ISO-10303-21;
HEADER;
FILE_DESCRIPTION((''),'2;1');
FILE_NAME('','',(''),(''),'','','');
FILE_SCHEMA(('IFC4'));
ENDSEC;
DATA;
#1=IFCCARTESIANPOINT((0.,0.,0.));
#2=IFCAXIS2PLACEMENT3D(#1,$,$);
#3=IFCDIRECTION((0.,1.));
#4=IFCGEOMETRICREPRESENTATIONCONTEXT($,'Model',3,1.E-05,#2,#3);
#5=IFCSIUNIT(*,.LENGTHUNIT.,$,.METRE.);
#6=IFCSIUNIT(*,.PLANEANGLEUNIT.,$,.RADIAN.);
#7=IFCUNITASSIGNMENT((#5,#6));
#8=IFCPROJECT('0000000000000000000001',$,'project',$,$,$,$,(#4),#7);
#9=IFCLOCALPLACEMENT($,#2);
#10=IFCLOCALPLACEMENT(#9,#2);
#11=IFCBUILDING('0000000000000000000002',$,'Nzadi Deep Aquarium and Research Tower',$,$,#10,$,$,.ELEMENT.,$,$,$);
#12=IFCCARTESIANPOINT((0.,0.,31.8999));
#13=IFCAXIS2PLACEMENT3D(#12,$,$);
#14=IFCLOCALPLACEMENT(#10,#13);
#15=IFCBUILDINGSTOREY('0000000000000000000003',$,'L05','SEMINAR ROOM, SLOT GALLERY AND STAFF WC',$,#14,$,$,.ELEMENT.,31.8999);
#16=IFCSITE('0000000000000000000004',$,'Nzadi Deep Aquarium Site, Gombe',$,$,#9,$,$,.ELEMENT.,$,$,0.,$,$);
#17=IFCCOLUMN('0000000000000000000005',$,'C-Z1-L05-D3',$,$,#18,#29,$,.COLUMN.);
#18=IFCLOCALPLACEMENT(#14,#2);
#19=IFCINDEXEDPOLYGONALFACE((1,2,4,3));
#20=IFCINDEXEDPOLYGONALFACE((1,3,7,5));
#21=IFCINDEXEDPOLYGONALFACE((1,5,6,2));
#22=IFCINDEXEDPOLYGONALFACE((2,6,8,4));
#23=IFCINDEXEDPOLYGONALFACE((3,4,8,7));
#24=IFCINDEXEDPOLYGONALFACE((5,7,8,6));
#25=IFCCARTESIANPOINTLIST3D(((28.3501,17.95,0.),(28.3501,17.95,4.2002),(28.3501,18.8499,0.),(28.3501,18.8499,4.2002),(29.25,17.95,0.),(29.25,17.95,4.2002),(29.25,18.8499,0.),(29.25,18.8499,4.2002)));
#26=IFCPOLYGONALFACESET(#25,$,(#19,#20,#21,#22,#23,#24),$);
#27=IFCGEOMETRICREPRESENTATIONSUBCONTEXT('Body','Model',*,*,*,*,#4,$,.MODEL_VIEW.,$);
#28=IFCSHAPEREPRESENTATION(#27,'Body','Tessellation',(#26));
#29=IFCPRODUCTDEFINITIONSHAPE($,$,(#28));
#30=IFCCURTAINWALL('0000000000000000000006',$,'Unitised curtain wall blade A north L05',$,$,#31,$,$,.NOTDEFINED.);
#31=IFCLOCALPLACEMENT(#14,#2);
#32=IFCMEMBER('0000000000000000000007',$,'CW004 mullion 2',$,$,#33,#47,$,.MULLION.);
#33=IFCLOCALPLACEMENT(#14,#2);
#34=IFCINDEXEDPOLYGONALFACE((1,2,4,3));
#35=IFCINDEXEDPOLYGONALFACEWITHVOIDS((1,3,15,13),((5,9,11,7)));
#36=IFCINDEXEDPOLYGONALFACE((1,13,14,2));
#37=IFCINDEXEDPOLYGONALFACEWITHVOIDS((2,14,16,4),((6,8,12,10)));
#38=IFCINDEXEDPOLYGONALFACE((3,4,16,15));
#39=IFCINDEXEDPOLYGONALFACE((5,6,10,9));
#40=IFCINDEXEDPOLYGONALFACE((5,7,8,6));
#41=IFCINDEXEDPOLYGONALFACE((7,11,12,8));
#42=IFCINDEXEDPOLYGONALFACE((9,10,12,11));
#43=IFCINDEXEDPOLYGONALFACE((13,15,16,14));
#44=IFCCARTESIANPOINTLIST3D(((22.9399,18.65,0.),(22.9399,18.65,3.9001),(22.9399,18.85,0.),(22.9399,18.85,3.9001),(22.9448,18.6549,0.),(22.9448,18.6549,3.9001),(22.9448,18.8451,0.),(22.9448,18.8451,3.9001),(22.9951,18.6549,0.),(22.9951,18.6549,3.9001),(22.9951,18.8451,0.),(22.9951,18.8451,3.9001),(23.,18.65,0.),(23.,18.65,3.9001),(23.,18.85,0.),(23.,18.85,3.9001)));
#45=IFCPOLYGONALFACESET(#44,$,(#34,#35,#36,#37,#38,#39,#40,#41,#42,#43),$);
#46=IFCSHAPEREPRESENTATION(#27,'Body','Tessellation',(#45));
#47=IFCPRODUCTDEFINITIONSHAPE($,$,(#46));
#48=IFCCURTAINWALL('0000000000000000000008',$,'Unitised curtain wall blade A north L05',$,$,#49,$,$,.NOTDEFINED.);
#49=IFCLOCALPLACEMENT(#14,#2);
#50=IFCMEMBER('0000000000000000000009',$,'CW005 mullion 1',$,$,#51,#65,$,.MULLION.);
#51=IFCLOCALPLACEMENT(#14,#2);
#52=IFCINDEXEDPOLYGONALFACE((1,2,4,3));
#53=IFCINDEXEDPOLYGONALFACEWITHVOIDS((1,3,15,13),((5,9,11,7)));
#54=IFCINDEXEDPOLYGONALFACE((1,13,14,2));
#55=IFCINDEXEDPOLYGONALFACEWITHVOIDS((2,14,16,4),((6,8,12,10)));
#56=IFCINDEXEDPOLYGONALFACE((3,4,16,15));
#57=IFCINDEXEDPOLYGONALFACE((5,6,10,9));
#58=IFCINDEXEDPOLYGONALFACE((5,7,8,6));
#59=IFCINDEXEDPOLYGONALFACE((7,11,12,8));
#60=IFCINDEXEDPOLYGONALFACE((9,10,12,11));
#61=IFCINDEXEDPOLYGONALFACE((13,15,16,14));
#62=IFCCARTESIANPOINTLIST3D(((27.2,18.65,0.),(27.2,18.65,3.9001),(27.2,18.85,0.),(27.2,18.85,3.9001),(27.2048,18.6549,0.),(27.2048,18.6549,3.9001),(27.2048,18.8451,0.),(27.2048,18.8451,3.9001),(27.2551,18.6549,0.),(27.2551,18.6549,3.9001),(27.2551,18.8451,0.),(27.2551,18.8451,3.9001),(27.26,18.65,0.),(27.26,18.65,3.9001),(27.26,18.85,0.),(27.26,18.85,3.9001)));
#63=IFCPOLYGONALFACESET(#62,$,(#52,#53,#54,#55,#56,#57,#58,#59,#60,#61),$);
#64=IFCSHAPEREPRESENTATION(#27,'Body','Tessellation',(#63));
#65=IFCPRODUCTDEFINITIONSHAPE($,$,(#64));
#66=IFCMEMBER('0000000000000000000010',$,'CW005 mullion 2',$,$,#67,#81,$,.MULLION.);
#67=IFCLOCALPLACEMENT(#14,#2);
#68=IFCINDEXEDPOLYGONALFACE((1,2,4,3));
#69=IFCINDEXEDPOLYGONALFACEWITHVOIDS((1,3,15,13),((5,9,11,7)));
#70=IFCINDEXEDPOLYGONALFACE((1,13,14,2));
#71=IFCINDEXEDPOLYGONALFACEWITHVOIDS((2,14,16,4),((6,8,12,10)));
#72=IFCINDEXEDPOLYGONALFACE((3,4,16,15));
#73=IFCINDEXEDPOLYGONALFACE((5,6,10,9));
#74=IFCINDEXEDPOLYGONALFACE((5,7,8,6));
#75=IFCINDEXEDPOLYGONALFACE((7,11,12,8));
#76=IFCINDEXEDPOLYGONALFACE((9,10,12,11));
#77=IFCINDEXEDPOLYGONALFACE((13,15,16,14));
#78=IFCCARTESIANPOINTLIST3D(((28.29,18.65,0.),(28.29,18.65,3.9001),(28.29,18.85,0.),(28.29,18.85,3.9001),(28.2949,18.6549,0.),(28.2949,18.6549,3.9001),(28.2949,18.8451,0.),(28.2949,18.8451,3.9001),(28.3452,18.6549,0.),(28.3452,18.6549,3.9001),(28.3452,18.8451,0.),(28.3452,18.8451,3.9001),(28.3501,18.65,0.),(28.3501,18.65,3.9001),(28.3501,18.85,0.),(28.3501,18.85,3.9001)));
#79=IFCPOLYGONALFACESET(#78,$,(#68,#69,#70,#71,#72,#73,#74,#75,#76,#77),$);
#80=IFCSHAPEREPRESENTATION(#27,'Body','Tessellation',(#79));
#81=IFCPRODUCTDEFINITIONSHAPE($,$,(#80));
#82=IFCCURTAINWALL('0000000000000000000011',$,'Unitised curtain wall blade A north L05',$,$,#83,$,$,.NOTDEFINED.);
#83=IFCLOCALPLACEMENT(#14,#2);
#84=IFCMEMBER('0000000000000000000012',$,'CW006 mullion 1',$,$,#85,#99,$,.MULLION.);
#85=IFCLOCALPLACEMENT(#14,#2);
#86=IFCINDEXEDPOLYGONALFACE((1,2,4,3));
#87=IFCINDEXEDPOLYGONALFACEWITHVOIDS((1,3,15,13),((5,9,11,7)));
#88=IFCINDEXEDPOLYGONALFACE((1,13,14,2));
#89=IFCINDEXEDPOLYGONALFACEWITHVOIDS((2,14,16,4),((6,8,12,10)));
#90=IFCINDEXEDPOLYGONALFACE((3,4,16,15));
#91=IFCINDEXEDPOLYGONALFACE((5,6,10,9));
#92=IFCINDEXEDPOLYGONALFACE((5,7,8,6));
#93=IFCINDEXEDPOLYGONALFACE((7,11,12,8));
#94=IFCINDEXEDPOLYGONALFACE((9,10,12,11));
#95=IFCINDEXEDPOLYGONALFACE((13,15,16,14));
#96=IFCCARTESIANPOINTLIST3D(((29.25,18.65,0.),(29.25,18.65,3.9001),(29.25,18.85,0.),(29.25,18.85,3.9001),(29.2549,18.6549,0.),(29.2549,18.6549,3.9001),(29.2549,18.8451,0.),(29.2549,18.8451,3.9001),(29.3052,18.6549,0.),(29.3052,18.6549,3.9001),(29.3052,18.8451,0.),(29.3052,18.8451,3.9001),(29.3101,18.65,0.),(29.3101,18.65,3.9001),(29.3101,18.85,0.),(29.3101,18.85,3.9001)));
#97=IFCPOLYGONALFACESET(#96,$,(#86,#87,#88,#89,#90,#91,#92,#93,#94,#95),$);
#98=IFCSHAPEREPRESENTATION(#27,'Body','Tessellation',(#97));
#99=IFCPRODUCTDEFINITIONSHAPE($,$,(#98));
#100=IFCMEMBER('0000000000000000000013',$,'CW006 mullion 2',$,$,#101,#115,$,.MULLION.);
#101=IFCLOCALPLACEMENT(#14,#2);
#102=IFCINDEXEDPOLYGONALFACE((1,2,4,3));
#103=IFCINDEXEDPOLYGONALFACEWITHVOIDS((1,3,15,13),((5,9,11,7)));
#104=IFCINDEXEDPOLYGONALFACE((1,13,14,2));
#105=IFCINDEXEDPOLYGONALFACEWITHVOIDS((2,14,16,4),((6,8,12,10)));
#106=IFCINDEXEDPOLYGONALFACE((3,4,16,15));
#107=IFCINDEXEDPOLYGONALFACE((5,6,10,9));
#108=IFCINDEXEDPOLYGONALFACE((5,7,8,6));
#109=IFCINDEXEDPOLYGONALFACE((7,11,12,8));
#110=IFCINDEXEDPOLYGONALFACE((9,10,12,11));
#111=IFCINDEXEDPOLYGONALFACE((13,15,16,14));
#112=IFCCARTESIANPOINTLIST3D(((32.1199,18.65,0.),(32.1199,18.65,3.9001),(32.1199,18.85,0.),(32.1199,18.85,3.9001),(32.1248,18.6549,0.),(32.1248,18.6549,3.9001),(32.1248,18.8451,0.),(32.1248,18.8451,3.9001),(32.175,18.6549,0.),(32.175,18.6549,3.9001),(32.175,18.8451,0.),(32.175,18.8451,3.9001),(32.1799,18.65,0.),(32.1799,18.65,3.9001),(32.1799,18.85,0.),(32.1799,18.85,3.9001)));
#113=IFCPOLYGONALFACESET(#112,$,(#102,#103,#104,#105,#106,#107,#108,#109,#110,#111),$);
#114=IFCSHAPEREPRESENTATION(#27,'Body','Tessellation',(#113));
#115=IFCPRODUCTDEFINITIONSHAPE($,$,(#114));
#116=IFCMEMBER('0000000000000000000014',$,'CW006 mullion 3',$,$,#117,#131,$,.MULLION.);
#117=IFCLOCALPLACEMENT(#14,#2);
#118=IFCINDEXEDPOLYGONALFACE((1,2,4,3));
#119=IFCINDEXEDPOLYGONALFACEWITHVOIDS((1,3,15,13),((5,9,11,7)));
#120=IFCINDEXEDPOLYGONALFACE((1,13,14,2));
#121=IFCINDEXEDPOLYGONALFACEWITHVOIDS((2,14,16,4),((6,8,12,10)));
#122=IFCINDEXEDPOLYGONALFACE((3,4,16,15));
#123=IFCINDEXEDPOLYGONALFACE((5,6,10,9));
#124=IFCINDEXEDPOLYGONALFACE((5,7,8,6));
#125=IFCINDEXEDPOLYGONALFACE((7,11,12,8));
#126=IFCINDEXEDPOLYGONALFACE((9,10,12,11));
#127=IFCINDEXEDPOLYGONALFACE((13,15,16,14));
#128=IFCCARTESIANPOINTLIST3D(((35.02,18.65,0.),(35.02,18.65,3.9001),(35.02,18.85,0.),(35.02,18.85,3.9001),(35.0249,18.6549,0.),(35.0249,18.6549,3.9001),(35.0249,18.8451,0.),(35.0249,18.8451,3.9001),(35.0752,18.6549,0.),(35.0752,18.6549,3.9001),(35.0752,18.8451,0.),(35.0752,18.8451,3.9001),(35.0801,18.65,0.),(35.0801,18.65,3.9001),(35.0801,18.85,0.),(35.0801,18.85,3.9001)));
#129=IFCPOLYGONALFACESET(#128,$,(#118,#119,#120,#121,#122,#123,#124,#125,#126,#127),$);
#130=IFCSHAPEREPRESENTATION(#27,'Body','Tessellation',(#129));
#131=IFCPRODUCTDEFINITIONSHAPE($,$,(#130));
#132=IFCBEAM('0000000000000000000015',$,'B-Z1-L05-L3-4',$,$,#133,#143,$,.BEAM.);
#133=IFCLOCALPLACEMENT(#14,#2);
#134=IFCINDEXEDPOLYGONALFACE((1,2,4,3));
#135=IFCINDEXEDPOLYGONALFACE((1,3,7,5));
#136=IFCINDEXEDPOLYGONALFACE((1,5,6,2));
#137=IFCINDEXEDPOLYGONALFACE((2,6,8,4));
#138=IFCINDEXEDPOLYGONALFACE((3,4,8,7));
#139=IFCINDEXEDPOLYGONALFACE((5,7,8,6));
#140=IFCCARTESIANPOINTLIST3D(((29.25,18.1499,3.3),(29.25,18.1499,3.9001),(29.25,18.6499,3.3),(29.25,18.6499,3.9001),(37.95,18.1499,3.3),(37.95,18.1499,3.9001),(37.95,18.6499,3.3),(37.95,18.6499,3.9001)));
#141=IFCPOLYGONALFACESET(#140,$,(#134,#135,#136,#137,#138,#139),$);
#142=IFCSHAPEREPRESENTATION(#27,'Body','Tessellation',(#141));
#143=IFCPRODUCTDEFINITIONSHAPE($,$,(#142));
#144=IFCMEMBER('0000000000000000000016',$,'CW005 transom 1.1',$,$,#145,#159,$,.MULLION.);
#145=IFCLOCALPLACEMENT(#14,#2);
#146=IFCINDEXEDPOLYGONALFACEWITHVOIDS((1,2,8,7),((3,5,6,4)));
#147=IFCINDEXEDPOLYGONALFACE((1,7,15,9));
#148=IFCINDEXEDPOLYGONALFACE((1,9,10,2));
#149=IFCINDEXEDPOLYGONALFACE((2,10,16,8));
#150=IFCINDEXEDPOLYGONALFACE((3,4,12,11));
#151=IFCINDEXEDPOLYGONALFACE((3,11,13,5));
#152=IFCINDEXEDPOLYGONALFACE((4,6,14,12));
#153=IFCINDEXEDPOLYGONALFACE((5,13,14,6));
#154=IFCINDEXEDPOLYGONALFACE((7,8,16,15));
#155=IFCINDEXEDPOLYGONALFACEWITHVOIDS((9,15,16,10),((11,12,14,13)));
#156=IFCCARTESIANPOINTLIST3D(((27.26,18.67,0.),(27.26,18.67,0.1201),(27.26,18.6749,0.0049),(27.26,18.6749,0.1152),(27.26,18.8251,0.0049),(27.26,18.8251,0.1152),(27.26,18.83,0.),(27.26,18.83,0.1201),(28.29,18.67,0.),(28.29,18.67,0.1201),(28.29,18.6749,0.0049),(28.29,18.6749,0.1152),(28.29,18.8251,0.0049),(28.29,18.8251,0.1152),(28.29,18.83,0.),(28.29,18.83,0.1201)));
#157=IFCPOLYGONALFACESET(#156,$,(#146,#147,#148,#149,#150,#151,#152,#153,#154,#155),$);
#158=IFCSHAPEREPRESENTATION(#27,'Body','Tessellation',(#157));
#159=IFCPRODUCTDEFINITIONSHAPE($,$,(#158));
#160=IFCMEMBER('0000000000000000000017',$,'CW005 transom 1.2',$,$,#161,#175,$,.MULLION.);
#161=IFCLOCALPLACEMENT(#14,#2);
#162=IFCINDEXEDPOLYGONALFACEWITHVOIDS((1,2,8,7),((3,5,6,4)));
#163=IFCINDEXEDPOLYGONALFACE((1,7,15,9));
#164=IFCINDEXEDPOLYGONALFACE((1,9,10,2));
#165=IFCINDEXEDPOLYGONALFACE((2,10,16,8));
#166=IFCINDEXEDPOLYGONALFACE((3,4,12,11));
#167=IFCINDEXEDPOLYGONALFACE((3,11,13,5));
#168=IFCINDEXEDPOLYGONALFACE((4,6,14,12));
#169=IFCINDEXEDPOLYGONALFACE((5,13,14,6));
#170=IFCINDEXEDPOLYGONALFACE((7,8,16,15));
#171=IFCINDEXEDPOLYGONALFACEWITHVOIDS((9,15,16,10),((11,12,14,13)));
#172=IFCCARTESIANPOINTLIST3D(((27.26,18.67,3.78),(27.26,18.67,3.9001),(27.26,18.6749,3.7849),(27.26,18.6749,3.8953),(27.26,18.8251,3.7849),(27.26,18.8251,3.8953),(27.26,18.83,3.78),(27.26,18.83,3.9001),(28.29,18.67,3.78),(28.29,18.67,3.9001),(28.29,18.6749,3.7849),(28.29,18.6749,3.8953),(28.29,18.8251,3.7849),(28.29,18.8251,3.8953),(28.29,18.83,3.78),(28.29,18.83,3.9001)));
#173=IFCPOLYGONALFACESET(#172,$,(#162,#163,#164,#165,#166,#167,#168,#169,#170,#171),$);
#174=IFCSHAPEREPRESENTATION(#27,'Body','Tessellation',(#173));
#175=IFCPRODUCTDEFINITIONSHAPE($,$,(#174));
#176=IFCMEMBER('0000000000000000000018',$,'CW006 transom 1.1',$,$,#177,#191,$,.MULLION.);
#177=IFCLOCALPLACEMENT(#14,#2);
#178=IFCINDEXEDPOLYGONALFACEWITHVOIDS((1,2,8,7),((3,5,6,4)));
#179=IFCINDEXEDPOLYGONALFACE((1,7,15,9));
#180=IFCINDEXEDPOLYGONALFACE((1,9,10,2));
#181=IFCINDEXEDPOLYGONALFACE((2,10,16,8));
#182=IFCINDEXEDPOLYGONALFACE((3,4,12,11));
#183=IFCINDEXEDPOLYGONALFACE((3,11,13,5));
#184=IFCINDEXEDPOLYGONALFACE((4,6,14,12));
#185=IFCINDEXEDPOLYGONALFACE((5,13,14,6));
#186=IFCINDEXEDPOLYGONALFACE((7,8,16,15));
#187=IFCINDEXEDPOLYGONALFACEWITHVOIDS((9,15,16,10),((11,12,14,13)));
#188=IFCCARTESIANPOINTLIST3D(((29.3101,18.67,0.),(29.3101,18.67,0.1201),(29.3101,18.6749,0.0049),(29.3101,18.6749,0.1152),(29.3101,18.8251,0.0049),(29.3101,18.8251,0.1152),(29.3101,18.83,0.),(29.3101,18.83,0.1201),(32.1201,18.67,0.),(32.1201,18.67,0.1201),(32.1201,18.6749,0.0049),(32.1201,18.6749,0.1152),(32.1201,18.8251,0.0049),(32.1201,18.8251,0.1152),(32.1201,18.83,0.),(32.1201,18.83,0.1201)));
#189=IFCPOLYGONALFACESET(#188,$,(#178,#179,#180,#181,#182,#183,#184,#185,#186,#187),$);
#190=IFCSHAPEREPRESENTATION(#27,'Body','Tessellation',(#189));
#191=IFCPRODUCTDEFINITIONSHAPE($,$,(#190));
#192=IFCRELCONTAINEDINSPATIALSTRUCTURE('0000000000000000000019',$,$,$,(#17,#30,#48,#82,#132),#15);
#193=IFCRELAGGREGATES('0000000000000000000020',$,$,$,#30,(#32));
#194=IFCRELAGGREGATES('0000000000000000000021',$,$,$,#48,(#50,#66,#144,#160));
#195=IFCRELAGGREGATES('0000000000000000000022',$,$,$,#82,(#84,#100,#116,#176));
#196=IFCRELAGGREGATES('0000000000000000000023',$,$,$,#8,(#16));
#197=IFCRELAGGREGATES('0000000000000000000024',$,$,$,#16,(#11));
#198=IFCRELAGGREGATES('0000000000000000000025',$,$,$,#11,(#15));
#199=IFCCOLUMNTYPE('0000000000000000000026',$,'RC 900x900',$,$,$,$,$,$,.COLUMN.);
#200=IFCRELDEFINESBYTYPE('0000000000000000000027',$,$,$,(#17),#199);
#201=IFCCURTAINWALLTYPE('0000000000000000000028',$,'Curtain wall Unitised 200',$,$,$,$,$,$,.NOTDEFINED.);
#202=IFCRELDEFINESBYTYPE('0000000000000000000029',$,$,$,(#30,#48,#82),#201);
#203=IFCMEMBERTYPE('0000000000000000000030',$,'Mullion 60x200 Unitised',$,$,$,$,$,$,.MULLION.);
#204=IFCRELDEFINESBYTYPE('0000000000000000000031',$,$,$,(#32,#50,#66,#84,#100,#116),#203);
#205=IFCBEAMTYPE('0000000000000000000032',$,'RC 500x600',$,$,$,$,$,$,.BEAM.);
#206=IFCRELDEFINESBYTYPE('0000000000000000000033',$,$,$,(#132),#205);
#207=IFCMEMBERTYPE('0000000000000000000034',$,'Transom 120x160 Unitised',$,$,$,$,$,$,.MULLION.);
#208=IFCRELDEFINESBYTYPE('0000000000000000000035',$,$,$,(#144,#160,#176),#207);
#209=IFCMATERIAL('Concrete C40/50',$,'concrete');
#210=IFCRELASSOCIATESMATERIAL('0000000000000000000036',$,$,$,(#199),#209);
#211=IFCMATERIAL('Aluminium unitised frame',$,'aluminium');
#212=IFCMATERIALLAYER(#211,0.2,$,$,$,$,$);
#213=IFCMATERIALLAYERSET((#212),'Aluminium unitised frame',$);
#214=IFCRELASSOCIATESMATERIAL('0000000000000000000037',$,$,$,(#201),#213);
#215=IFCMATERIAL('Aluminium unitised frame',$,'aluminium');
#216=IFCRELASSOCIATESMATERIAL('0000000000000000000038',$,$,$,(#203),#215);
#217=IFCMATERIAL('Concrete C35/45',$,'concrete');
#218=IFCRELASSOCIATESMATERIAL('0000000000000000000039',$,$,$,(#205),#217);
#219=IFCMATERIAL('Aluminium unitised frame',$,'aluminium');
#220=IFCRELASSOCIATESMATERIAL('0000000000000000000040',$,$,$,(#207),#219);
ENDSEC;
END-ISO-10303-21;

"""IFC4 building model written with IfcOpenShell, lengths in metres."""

from ifc_helpers import new_model, si_unit, direction, frame, origin, origin_2d, place, context, subcontext, project, spatial, rectangle, hollow_rectangle, extrude, material, layer, layer_set, material_profile, profile_set, type_object, element, aggregate, save


model = new_model("IFC4")

# Units and contexts
model_context = context("Model", 3, precision=1e-05, world=origin(), true_north=direction((0.0, 1.0)))
body_context = subcontext(model_context, "Body", "Model", "MODEL_VIEW")
ifc_project = project(units=[si_unit("LENGTHUNIT", "METRE"), si_unit("PLANEANGLEUNIT", "RADIAN")], contexts=[model_context])

# Site, building, storey
site_placement = place(None, origin())
site = spatial("IfcSite", under=ifc_project, at=site_placement, Name="Nzadi Deep Aquarium Site, Gombe", CompositionType="ELEMENT", RefElevation=0.0)
building_placement = place(site_placement, origin())
building = spatial("IfcBuilding", under=site, at=building_placement, Name="Nzadi Deep Aquarium and Research Tower", CompositionType="ELEMENT")
storey_placement = place(building_placement, frame((0.0, 0.0, 31.8999)))
storey = spatial("IfcBuildingStorey", under=building, at=storey_placement, Name="L05", Description="SEMINAR ROOM, SLOT GALLERY AND STAFF WC", CompositionType="ELEMENT", Elevation=31.8999)

# Column
ifc_material_1 = material(Name="Concrete C40/50", Category="concrete")
ifc_material_profile_1 = material_profile(ifc_material_1, rectangle(XDim=0.8999, YDim=0.8999, at=origin_2d()))
ifc_profile_set_1 = profile_set([ifc_material_profile_1], Name="Concrete C40/50")
column_type = type_object("IfcColumnType", Name="RC 900x900", PredefinedType="COLUMN", material=ifc_profile_set_1)
column_placement = place(storey_placement, frame((28.8, 18.3999, 0.0), z_axis=(0.0, 0.0, 1.0), x_axis=(1.0, 0.0, 0.0)))
element("IfcColumn", 1, at=column_placement, inside=storey, type_object=column_type, Name="C-Z1-L05-D3", PredefinedType="COLUMN", context=body_context, shape_type="SweptSolid", body=[
    extrude(rectangle(XDim=0.8999, YDim=0.8999, at=origin_2d()), origin(), (0.0, 0.0, 1.0), 4.2002),
])

# Curtain wall, member
ifc_material_2 = material(Name="Aluminium unitised frame", Category="aluminium")
ifc_layer_1 = layer(ifc_material_2, 0.2)
ifc_layer_set_1 = layer_set([ifc_layer_1], Name="Aluminium unitised frame")
curtain_wall_type = type_object("IfcCurtainWallType", Name="Curtain wall Unitised 200", PredefinedType="NOTDEFINED", material=ifc_layer_set_1)
curtain_wall_1_placement = place(storey_placement, origin())
curtain_wall_1 = element("IfcCurtainWall", 2, at=curtain_wall_1_placement, inside=storey, type_object=curtain_wall_type, Name="Unitised curtain wall blade A north L05", PredefinedType="NOTDEFINED")
ifc_material_3 = material(Name="Aluminium unitised frame", Category="aluminium")
ifc_material_profile_2 = material_profile(ifc_material_3, hollow_rectangle(XDim=0.2, YDim=0.0601, WallThickness=0.0049, at=origin_2d()))
ifc_profile_set_2 = profile_set([ifc_material_profile_2], Name="Aluminium unitised frame")
member_type_1 = type_object("IfcMemberType", Name="Mullion 60x200 Unitised", PredefinedType="MULLION", material=ifc_profile_set_2)
member_1_placement = place(storey_placement, frame((22.97, 18.75, 0.0), z_axis=(0.0, 0.0, 1.0), x_axis=(0.0, 1.0, 0.0)))
member_1 = element("IfcMember", 3, at=member_1_placement, type_object=member_type_1, Name="CW004 mullion 2", PredefinedType="MULLION", context=body_context, shape_type="SweptSolid", body=[
    extrude(hollow_rectangle(XDim=0.2, YDim=0.0601, WallThickness=0.0049, at=origin_2d()), origin(), (0.0, 0.0, 1.0), 3.9001),
])

# Curtain walls, members
curtain_wall_2_placement = place(storey_placement, origin())
curtain_wall_2 = element("IfcCurtainWall", 4, at=curtain_wall_2_placement, inside=storey, type_object=curtain_wall_type, Name="Unitised curtain wall blade A north L05", PredefinedType="NOTDEFINED")
member_2_placement = place(storey_placement, frame((27.23, 18.75, 0.0), z_axis=(0.0, 0.0, 1.0), x_axis=(0.0, 1.0, 0.0)))
member_2 = element("IfcMember", 5, at=member_2_placement, type_object=member_type_1, Name="CW005 mullion 1", PredefinedType="MULLION", context=body_context, shape_type="SweptSolid", body=[
    extrude(hollow_rectangle(XDim=0.2, YDim=0.0601, WallThickness=0.0049, at=origin_2d()), origin(), (0.0, 0.0, 1.0), 3.9001),
])
member_3_placement = place(storey_placement, frame((28.3201, 18.75, 0.0), z_axis=(0.0, 0.0, 1.0), x_axis=(0.0, 1.0, 0.0)))
member_3 = element("IfcMember", 6, at=member_3_placement, type_object=member_type_1, Name="CW005 mullion 2", PredefinedType="MULLION", context=body_context, shape_type="SweptSolid", body=[
    extrude(hollow_rectangle(XDim=0.2, YDim=0.0601, WallThickness=0.0049, at=origin_2d()), origin(), (0.0, 0.0, 1.0), 3.9001),
])
curtain_wall_3_placement = place(storey_placement, origin())
curtain_wall_3 = element("IfcCurtainWall", 7, at=curtain_wall_3_placement, inside=storey, type_object=curtain_wall_type, Name="Unitised curtain wall blade A north L05", PredefinedType="NOTDEFINED")
member_4_placement = place(storey_placement, frame((29.28, 18.75, 0.0), z_axis=(0.0, 0.0, 1.0), x_axis=(0.0, 1.0, 0.0)))
member_4 = element("IfcMember", 8, at=member_4_placement, type_object=member_type_1, Name="CW006 mullion 1", PredefinedType="MULLION", context=body_context, shape_type="SweptSolid", body=[
    extrude(hollow_rectangle(XDim=0.2, YDim=0.0601, WallThickness=0.0049, at=origin_2d()), origin(), (0.0, 0.0, 1.0), 3.9001),
])
member_5_placement = place(storey_placement, frame((32.1499, 18.75, 0.0), z_axis=(0.0, 0.0, 1.0), x_axis=(0.0, 1.0, 0.0)))
member_5 = element("IfcMember", 9, at=member_5_placement, type_object=member_type_1, Name="CW006 mullion 2", PredefinedType="MULLION", context=body_context, shape_type="SweptSolid", body=[
    extrude(hollow_rectangle(XDim=0.2, YDim=0.0601, WallThickness=0.0049, at=origin_2d()), origin(), (0.0, 0.0, 1.0), 3.9001),
])
member_6_placement = place(storey_placement, frame((35.05, 18.75, 0.0), z_axis=(0.0, 0.0, 1.0), x_axis=(0.0, 1.0, 0.0)))
member_6 = element("IfcMember", 10, at=member_6_placement, type_object=member_type_1, Name="CW006 mullion 3", PredefinedType="MULLION", context=body_context, shape_type="SweptSolid", body=[
    extrude(hollow_rectangle(XDim=0.2, YDim=0.0601, WallThickness=0.0049, at=origin_2d()), origin(), (0.0, 0.0, 1.0), 3.9001),
])

# Beam
ifc_material_4 = material(Name="Concrete C35/45", Category="concrete")
ifc_material_profile_3 = material_profile(ifc_material_4, rectangle(XDim=0.5, YDim=0.6001, at=origin_2d()))
ifc_profile_set_3 = profile_set([ifc_material_profile_3], Name="Concrete C35/45")
beam_type = type_object("IfcBeamType", Name="RC 500x600", PredefinedType="BEAM", material=ifc_profile_set_3)
beam_placement = place(storey_placement, frame((29.25, 18.3999, 3.6001), z_axis=(1.0, 0.0, 0.0), x_axis=(0.0, 1.0, 0.0)))
element("IfcBeam", 11, at=beam_placement, inside=storey, type_object=beam_type, Name="B-Z1-L05-L3-4", PredefinedType="BEAM", context=body_context, shape_type="SweptSolid", body=[
    extrude(rectangle(XDim=0.5, YDim=0.6001, at=origin_2d()), origin(), (0.0, 0.0, 1.0), 8.7),
])

# Members
ifc_material_5 = material(Name="Aluminium unitised frame", Category="aluminium")
ifc_material_profile_4 = material_profile(ifc_material_5, hollow_rectangle(XDim=0.1599, YDim=0.1201, WallThickness=0.0049, at=origin_2d()))
ifc_profile_set_4 = profile_set([ifc_material_profile_4], Name="Aluminium unitised frame")
member_type_2 = type_object("IfcMemberType", Name="Transom 120x160 Unitised", PredefinedType="MULLION", material=ifc_profile_set_4)
member_7_placement = place(storey_placement, frame((27.26, 18.75, 0.0601), z_axis=(1.0, 0.0, 0.0), x_axis=(0.0, 1.0, 0.0)))
member_7 = element("IfcMember", 12, at=member_7_placement, type_object=member_type_2, Name="CW005 transom 1.1", PredefinedType="MULLION", context=body_context, shape_type="SweptSolid", body=[
    extrude(hollow_rectangle(XDim=0.1599, YDim=0.1201, WallThickness=0.0049, at=origin_2d()), origin(), (0.0, 0.0, 1.0), 1.03),
])
member_8_placement = place(storey_placement, frame((27.26, 18.75, 3.8401), z_axis=(1.0, 0.0, 0.0), x_axis=(0.0, 1.0, 0.0)))
member_8 = element("IfcMember", 13, at=member_8_placement, type_object=member_type_2, Name="CW005 transom 1.2", PredefinedType="MULLION", context=body_context, shape_type="SweptSolid", body=[
    extrude(hollow_rectangle(XDim=0.1599, YDim=0.1201, WallThickness=0.0049, at=origin_2d()), origin(), (0.0, 0.0, 1.0), 1.03),
])
member_9_placement = place(storey_placement, frame((29.3101, 18.75, 0.0601), z_axis=(1.0, 0.0, 0.0), x_axis=(0.0, 1.0, 0.0)))
member_9 = element("IfcMember", 14, at=member_9_placement, type_object=member_type_2, Name="CW006 transom 1.1", PredefinedType="MULLION", context=body_context, shape_type="SweptSolid", body=[
    extrude(hollow_rectangle(XDim=0.1599, YDim=0.1201, WallThickness=0.0049, at=origin_2d()), origin(), (0.0, 0.0, 1.0), 2.8101),
])

aggregate(curtain_wall_1, [member_1])
aggregate(curtain_wall_2, [member_2, member_3, member_7, member_8])
aggregate(curtain_wall_3, [member_4, member_5, member_6, member_9])

save(model, "model.ifc")
